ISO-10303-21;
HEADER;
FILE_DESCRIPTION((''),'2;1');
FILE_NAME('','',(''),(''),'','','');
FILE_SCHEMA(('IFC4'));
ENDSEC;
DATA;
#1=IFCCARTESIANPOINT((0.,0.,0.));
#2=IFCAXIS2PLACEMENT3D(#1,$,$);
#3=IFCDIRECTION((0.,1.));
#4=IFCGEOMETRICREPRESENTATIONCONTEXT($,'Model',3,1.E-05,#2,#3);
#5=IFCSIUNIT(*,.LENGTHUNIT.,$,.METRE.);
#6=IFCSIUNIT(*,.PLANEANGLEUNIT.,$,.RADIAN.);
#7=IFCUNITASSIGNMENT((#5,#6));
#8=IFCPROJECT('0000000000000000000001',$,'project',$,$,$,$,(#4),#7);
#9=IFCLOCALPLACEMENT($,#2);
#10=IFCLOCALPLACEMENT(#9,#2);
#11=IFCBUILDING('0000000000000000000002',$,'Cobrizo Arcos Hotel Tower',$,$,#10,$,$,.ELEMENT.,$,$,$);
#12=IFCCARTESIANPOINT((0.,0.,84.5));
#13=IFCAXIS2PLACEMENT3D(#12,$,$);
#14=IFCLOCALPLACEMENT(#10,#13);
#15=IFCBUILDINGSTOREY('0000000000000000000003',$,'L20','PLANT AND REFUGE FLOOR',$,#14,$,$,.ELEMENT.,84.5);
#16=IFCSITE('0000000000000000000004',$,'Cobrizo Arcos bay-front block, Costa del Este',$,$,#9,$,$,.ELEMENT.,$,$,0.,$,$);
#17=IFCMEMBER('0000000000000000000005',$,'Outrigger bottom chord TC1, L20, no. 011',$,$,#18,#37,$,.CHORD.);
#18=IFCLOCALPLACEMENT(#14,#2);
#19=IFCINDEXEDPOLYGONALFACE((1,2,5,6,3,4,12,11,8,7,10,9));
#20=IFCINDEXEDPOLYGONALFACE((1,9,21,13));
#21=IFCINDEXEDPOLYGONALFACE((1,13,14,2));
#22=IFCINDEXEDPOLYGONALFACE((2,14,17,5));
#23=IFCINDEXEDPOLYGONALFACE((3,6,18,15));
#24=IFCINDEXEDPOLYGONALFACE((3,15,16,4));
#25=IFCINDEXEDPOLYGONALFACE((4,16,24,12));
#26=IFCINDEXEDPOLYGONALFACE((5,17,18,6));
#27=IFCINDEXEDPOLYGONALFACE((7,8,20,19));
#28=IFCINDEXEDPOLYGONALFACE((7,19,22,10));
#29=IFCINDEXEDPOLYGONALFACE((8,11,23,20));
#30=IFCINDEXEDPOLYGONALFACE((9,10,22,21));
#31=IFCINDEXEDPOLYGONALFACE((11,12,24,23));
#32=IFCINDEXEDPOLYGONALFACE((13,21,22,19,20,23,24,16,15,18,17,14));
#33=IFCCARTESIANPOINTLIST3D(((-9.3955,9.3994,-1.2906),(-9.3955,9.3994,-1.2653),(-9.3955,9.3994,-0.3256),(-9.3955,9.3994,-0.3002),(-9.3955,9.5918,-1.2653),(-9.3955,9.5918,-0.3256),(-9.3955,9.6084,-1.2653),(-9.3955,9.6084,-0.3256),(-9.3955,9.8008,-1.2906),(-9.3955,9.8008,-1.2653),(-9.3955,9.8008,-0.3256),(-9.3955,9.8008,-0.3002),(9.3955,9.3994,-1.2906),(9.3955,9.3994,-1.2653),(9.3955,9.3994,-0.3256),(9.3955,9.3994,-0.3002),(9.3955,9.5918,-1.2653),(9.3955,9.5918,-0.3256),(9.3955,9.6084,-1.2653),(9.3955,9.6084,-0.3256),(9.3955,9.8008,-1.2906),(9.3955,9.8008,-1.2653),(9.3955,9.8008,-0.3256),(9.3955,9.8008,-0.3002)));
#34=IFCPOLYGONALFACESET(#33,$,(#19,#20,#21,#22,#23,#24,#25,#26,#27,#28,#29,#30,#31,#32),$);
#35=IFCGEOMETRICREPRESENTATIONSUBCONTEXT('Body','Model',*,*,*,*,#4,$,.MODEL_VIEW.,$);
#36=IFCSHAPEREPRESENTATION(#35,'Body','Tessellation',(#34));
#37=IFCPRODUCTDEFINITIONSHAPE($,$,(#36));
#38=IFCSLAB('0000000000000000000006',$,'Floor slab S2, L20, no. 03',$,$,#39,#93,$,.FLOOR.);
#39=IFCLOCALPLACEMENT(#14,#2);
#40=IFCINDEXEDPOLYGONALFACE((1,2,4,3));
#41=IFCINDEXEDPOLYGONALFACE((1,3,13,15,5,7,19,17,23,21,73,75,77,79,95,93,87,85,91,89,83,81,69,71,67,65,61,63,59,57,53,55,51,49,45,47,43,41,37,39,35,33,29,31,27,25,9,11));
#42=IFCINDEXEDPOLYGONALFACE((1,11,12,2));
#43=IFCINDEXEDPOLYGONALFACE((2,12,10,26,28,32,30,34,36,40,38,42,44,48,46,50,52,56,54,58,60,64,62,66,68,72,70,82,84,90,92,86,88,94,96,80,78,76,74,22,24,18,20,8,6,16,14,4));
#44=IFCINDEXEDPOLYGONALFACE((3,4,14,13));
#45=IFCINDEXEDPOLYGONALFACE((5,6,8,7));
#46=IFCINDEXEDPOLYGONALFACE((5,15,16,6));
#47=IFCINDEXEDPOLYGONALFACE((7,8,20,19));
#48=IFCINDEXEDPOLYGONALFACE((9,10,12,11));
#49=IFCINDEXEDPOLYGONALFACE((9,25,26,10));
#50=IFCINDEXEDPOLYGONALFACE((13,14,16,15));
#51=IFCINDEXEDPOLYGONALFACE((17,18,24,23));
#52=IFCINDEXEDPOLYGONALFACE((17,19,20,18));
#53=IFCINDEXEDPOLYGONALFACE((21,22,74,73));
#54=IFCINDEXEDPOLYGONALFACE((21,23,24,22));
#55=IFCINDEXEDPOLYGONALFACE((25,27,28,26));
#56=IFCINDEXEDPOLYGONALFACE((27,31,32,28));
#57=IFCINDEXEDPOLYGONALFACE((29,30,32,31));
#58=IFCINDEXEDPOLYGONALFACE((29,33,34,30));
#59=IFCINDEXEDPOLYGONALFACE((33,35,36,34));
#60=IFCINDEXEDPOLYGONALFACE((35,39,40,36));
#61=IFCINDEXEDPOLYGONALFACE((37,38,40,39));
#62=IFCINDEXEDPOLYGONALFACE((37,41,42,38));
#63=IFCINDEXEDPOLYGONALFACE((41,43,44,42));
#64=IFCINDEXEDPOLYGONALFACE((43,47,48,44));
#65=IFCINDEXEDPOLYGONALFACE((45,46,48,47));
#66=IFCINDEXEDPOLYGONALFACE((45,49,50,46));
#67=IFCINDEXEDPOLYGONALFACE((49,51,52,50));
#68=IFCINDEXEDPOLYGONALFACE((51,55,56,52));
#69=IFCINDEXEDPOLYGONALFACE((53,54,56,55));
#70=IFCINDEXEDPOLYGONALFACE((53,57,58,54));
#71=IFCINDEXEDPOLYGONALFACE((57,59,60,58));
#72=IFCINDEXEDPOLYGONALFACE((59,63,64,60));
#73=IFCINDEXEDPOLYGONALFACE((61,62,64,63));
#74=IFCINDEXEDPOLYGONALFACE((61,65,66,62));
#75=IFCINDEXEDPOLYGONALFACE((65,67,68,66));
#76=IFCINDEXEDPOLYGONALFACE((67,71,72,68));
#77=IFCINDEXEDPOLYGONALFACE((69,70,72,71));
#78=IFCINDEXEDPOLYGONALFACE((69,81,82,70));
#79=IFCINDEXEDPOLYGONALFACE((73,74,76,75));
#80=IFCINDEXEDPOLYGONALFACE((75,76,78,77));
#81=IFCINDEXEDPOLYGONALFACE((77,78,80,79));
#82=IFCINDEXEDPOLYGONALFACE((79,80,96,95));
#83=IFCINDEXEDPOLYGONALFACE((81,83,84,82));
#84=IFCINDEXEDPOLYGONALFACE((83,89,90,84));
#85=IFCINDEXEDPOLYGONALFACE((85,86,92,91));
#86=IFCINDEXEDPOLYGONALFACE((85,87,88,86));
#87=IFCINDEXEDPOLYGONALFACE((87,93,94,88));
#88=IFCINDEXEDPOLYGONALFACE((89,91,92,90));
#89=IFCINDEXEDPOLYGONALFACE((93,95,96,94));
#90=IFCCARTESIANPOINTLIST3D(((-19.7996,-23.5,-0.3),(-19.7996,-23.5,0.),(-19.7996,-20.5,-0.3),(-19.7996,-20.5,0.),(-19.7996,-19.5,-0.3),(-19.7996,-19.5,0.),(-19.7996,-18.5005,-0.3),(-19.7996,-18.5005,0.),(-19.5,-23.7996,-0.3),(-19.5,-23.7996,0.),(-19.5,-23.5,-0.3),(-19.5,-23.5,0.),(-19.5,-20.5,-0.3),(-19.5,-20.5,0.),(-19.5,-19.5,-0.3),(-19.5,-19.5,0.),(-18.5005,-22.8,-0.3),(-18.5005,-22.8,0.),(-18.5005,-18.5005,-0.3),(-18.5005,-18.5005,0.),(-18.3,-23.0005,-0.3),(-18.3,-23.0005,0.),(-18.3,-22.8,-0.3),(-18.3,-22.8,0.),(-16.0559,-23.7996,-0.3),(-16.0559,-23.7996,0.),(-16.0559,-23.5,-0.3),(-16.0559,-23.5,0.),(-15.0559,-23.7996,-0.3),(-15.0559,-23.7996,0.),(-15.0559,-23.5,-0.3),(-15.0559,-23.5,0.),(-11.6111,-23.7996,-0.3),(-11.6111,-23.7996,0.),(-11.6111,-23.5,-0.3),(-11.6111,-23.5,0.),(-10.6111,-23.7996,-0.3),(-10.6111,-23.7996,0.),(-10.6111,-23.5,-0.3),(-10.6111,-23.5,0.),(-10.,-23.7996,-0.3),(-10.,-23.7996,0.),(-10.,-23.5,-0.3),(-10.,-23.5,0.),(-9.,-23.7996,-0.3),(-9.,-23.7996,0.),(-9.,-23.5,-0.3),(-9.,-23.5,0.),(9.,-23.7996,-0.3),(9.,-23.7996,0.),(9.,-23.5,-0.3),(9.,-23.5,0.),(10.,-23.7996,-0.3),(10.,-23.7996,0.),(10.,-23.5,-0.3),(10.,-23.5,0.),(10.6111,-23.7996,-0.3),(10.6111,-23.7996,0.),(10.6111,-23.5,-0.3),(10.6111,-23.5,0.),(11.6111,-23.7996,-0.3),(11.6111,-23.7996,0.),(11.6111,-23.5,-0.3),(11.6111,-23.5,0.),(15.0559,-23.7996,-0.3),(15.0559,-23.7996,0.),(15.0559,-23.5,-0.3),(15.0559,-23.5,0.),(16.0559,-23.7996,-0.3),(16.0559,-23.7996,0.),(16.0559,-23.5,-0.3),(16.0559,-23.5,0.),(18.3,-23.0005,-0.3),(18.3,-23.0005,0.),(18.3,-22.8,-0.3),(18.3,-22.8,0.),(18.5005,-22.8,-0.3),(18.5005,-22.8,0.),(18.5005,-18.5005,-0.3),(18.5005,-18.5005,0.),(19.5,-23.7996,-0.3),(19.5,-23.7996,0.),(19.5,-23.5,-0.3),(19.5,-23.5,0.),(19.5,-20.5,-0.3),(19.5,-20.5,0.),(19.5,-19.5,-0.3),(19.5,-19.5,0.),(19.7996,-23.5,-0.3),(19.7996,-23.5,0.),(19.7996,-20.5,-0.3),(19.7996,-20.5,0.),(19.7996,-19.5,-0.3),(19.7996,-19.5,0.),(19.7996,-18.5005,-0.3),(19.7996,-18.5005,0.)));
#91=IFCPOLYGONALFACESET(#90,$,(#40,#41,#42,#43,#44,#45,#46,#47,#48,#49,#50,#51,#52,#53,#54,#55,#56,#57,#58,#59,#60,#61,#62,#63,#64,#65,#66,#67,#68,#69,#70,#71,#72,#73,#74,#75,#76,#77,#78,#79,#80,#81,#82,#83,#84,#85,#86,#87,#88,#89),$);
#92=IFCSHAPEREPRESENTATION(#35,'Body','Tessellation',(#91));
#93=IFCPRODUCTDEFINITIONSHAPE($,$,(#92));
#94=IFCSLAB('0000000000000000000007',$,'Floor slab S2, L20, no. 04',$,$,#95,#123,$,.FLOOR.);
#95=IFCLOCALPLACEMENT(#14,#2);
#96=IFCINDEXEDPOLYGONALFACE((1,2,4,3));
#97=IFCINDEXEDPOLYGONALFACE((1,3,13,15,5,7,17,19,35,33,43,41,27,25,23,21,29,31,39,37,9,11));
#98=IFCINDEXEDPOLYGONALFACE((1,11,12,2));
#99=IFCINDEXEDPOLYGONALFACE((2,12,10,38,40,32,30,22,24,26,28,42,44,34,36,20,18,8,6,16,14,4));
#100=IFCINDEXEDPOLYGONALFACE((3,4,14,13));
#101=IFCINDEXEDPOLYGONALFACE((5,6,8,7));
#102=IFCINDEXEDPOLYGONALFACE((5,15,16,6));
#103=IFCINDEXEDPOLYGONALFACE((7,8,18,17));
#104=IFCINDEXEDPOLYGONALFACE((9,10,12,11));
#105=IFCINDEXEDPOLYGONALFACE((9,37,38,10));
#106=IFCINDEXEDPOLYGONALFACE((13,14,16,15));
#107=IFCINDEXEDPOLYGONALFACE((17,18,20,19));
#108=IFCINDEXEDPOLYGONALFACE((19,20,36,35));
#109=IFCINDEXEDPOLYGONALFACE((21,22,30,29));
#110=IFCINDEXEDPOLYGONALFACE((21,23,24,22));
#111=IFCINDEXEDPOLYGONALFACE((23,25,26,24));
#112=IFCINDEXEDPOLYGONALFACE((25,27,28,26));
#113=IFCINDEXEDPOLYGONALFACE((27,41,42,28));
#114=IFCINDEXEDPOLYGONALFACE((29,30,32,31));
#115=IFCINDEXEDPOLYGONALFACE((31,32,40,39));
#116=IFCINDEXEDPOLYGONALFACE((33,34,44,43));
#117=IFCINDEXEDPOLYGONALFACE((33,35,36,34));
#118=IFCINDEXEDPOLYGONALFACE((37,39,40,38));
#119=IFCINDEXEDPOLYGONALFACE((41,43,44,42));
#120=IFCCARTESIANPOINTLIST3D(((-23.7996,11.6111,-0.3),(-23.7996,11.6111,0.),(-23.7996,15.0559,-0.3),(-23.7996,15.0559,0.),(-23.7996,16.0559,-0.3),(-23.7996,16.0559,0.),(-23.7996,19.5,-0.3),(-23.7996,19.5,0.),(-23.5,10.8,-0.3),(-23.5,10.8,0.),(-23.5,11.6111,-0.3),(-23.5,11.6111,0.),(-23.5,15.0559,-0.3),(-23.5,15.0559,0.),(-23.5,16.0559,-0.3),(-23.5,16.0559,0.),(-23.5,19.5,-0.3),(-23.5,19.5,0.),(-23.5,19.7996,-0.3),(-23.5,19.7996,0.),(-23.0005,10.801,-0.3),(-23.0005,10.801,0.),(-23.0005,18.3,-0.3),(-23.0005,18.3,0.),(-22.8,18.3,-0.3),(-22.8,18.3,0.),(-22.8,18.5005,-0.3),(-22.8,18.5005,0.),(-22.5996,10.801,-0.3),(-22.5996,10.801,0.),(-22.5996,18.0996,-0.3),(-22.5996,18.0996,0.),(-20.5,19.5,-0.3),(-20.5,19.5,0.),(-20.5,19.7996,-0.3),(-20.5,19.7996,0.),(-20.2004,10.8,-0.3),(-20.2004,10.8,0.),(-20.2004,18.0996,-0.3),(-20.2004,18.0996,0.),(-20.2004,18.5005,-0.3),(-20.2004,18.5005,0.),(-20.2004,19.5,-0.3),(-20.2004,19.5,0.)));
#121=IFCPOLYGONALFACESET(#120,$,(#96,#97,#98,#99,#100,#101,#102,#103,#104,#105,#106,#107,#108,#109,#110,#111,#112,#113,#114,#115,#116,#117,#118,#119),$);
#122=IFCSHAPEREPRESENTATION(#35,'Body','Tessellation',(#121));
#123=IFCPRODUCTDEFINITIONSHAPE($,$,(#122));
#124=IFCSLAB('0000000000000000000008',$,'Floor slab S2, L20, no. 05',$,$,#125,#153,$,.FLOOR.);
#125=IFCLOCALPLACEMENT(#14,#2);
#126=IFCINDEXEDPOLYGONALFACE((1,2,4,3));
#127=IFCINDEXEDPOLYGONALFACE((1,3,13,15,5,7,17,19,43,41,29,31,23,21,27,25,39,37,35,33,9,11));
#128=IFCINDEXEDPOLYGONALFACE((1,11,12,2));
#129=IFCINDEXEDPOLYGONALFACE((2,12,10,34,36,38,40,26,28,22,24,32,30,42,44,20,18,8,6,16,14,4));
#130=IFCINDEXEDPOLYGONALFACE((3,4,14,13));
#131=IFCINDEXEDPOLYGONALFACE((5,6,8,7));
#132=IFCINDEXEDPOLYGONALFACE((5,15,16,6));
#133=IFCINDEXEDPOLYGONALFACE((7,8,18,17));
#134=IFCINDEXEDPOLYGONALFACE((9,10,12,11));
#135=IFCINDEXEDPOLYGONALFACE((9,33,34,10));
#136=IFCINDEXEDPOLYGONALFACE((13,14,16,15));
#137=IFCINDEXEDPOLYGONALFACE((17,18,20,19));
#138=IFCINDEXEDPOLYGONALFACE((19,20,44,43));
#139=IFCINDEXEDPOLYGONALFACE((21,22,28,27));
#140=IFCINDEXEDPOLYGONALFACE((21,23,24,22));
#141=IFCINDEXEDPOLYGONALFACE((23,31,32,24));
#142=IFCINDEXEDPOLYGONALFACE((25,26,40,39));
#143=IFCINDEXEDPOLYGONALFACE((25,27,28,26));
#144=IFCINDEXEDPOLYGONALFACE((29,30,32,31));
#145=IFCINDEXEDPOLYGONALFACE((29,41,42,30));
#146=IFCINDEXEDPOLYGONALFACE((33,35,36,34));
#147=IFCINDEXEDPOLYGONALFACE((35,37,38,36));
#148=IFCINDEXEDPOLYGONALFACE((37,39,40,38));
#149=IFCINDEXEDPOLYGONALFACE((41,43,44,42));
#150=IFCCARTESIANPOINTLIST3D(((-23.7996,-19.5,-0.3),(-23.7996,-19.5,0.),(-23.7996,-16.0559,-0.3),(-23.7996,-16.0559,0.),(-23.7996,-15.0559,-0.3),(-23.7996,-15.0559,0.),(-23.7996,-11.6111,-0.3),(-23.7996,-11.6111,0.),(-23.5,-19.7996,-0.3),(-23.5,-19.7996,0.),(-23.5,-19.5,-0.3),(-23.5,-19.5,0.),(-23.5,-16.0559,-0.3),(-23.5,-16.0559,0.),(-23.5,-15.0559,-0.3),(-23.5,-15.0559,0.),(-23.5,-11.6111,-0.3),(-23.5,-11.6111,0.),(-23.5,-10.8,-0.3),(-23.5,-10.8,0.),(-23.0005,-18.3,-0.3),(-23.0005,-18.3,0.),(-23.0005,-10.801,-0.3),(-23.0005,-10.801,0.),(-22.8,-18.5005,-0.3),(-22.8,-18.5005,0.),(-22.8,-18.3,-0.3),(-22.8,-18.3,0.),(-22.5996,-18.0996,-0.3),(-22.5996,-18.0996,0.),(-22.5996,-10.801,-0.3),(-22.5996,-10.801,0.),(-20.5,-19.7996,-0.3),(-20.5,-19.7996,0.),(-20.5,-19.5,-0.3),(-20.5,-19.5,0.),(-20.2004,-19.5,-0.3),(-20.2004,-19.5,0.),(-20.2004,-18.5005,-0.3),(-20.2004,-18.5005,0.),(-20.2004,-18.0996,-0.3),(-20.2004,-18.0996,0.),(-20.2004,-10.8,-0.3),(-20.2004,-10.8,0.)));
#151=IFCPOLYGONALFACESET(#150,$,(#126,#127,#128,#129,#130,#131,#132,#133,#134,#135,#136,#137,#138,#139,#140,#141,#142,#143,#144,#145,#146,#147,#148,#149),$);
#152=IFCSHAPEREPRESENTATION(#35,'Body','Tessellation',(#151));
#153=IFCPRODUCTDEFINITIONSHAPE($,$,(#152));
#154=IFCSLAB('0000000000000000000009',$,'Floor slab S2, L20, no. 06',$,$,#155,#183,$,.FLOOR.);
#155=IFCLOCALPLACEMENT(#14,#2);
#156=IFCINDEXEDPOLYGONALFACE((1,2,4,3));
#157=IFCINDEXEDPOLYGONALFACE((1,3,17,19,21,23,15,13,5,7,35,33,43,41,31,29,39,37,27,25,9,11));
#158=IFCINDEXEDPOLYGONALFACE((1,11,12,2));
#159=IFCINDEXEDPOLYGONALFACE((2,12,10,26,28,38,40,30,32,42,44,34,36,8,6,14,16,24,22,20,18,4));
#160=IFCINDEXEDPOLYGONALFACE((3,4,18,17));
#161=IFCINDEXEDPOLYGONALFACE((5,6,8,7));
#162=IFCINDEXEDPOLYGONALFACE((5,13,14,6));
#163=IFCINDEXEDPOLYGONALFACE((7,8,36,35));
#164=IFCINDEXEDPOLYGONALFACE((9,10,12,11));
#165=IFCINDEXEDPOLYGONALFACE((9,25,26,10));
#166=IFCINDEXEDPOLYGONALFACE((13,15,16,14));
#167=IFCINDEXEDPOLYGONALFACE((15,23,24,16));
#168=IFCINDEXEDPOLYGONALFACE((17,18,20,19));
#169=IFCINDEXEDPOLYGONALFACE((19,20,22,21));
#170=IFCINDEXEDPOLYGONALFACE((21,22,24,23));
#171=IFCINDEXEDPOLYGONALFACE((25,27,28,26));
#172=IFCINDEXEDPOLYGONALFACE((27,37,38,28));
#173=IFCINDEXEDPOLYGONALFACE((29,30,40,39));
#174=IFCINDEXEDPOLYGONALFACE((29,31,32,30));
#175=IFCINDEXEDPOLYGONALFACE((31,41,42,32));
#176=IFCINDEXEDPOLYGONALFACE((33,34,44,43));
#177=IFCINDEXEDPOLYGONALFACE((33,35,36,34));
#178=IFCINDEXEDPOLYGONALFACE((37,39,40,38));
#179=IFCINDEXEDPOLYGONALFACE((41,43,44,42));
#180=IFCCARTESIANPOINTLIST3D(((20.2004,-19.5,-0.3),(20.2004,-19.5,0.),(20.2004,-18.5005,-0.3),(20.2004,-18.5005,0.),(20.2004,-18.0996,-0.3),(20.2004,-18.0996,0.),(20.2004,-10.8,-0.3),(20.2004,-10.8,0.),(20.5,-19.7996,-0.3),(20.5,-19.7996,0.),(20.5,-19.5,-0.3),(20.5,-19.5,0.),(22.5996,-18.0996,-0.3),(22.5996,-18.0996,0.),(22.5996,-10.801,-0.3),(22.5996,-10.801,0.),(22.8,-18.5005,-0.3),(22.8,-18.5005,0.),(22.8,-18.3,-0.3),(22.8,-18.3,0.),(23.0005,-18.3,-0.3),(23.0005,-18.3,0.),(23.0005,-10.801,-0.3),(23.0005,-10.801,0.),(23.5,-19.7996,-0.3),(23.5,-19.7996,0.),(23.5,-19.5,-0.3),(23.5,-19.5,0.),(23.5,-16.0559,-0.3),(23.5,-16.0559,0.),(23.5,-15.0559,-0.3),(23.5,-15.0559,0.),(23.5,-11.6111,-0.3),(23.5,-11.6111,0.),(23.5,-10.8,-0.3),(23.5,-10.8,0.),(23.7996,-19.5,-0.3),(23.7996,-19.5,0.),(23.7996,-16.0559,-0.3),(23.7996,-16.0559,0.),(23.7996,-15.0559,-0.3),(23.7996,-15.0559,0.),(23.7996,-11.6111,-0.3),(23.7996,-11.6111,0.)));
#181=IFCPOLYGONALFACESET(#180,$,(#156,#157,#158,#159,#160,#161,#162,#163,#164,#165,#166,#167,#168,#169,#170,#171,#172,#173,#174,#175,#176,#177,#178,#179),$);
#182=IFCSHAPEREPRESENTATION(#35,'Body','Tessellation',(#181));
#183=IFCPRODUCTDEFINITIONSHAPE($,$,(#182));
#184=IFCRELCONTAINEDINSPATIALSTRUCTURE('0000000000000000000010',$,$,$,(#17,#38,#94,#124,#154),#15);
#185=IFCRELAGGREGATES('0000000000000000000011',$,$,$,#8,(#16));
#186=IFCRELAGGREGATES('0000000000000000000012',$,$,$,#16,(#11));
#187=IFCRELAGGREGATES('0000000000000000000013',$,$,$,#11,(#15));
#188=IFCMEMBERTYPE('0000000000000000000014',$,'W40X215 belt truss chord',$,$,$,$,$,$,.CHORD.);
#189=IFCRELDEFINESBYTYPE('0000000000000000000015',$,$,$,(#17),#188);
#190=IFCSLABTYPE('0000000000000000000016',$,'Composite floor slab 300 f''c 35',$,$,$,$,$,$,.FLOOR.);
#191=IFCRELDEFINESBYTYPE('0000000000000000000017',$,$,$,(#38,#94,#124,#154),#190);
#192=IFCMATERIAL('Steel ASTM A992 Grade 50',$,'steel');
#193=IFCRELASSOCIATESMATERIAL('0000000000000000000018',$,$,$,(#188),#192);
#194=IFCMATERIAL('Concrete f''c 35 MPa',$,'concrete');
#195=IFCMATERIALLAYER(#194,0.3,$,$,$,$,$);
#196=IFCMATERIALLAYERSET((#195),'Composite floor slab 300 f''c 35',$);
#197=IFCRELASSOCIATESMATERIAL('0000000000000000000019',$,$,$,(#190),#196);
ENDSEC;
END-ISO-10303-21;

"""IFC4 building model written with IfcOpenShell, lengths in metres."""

from ifc_helpers import new_model, si_unit, direction, frame, origin, origin_2d, place, context, subcontext, project, spatial, polyline, i_section, outline, extrude, material, layer, layer_set, material_profile, profile_set, type_object, element, save


model = new_model("IFC4")

# Units and contexts
model_context = context("Model", 3, precision=1e-05, world=origin(), true_north=direction((0.0, 1.0)))
body_context = subcontext(model_context, "Body", "Model", "MODEL_VIEW")
ifc_project = project(units=[si_unit("LENGTHUNIT", "METRE"), si_unit("PLANEANGLEUNIT", "RADIAN")], contexts=[model_context])

# Site, building, storey
site_placement = place(None, origin())
site = spatial("IfcSite", under=ifc_project, at=site_placement, Name="Cobrizo Arcos bay-front block, Costa del Este", CompositionType="ELEMENT", RefElevation=0.0)
building_placement = place(site_placement, origin())
building = spatial("IfcBuilding", under=site, at=building_placement, Name="Cobrizo Arcos Hotel Tower", CompositionType="ELEMENT")
storey_placement = place(building_placement, frame((0.0, 0.0, 84.5)))
storey = spatial("IfcBuildingStorey", under=building, at=storey_placement, Name="L20", Description="PLANT AND REFUGE FLOOR", CompositionType="ELEMENT", Elevation=84.5)

# Shared definitions
ifc_material_1 = material(Name="Steel ASTM A992 Grade 50", Category="steel")

# Member
ifc_material_profile_1 = material_profile(ifc_material_1, i_section(OverallWidth=0.4014, OverallDepth=0.9905, WebThickness=0.0166, FlangeThickness=0.0254, at=origin_2d()), Name="W40X215")
ifc_profile_set_1 = profile_set([ifc_material_profile_1], Name="Steel ASTM A992 Grade 50")
member_type_1 = type_object("IfcMemberType", Name="W40X215 belt truss chord", PredefinedType="CHORD", material=ifc_profile_set_1)
member_1_placement = place(storey_placement, frame((-9.3955, 9.6001, -0.7954), z_axis=(1.0, 0.0, 0.0), x_axis=(0.0, 1.0, 0.0)))
element("IfcMember", 1, at=member_1_placement, inside=storey, type_object=member_type_1, Name="Outrigger bottom chord TC1, L20, no. 011", PredefinedType="CHORD", context=body_context, shape_type="SweptSolid", body=[
    extrude(i_section(OverallWidth=0.4014, OverallDepth=0.9905, WebThickness=0.0166, FlangeThickness=0.0254, at=origin_2d()), origin(), (0.0, 0.0, 1.0), 18.791),
])

# Slabs
ifc_material_2 = material(Name="Concrete f'c 35 MPa", Category="concrete")
ifc_layer_1 = layer(ifc_material_2, 0.3)
ifc_layer_set_1 = layer_set([ifc_layer_1], Name="Composite floor slab 300 f'c 35")
slab_type = type_object("IfcSlabType", Name="Composite floor slab 300 f'c 35", PredefinedType="FLOOR", material=ifc_layer_set_1)
slab_1_placement = place(storey_placement, frame((0.0, 0.0, -0.3)))
element("IfcSlab", 2, at=slab_1_placement, inside=storey, type_object=slab_type, Name="Floor slab S2, L20, no. 03", PredefinedType="FLOOR", context=body_context, shape_type="SweptSolid", body=[
    extrude(outline(polyline([(18.3, -22.8), (18.5005, -22.8), (18.5005, -18.5005), (19.7996, -18.5005), (19.7996, -19.5), (19.5, -19.5), (19.5, -20.5), (19.7996, -20.5), (19.7996, -23.5), (19.5, -23.5), (19.5, -23.7996), (16.0559, -23.7996), (16.0559, -23.5), (15.0559, -23.5), (15.0559, -23.7996), (11.6111, -23.7996), (11.6111, -23.5), (10.6111, -23.5), (10.6111, -23.7996), (10.0, -23.7996), (10.0, -23.5), (9.0, -23.5), (9.0, -23.7996), (-9.0, -23.7996), (-9.0, -23.5), (-10.0, -23.5), (-10.0, -23.7996), (-10.6111, -23.7996), (-10.6111, -23.5), (-11.6111, -23.5), (-11.6111, -23.7996), (-15.0559, -23.7996), (-15.0559, -23.5), (-16.0559, -23.5), (-16.0559, -23.7996), (-19.5, -23.7996), (-19.5, -23.5), (-19.7996, -23.5), (-19.7996, -20.5), (-19.5, -20.5), (-19.5, -19.5), (-19.7996, -19.5), (-19.7996, -18.5005), (-18.5005, -18.5005), (-18.5005, -22.8), (-18.3, -22.8), (-18.3, -23.0005), (18.3, -23.0005), (18.3, -22.8)])), origin(), (0.0, 0.0, 1.0), 0.3),
])
slab_2_placement = place(storey_placement, frame((0.0, 0.0, -0.3)))
element("IfcSlab", 3, at=slab_2_placement, inside=storey, type_object=slab_type, Name="Floor slab S2, L20, no. 04", PredefinedType="FLOOR", context=body_context, shape_type="SweptSolid", body=[
    extrude(outline(polyline([(-23.7996, 16.0559), (-23.7996, 19.5), (-23.5, 19.5), (-23.5, 19.7996), (-20.5, 19.7996), (-20.5, 19.5), (-20.2004, 19.5), (-20.2004, 18.5005), (-22.8, 18.5005), (-22.8, 18.3), (-23.0005, 18.3), (-23.0005, 10.801), (-22.5996, 10.801), (-22.5996, 18.0996), (-20.2004, 18.0996), (-20.2004, 10.8), (-23.5, 10.8), (-23.5, 11.6111), (-23.7996, 11.6111), (-23.7996, 15.0559), (-23.5, 15.0559), (-23.5, 16.0559), (-23.7996, 16.0559)])), origin(), (0.0, 0.0, 1.0), 0.3),
])
slab_3_placement = place(storey_placement, frame((0.0, 0.0, -0.3)))
element("IfcSlab", 4, at=slab_3_placement, inside=storey, type_object=slab_type, Name="Floor slab S2, L20, no. 05", PredefinedType="FLOOR", context=body_context, shape_type="SweptSolid", body=[
    extrude(outline(polyline([(-23.5, -19.7996), (-23.5, -19.5), (-23.7996, -19.5), (-23.7996, -16.0559), (-23.5, -16.0559), (-23.5, -15.0559), (-23.7996, -15.0559), (-23.7996, -11.6111), (-23.5, -11.6111), (-23.5, -10.8), (-20.2004, -10.8), (-20.2004, -18.0996), (-22.5996, -18.0996), (-22.5996, -10.801), (-23.0005, -10.801), (-23.0005, -18.3), (-22.8, -18.3), (-22.8, -18.5005), (-20.2004, -18.5005), (-20.2004, -19.5), (-20.5, -19.5), (-20.5, -19.7996), (-23.5, -19.7996)])), origin(), (0.0, 0.0, 1.0), 0.3),
])
slab_4_placement = place(storey_placement, frame((0.0, 0.0, -0.3)))
element("IfcSlab", 5, at=slab_4_placement, inside=storey, type_object=slab_type, Name="Floor slab S2, L20, no. 06", PredefinedType="FLOOR", context=body_context, shape_type="SweptSolid", body=[
    extrude(outline(polyline([(20.5, -19.5), (20.2004, -19.5), (20.2004, -18.5005), (22.8, -18.5005), (22.8, -18.3), (23.0005, -18.3), (23.0005, -10.801), (22.5996, -10.801), (22.5996, -18.0996), (20.2004, -18.0996), (20.2004, -10.8), (23.5, -10.8), (23.5, -11.6111), (23.7996, -11.6111), (23.7996, -15.0559), (23.5, -15.0559), (23.5, -16.0559), (23.7996, -16.0559), (23.7996, -19.5), (23.5, -19.5), (23.5, -19.7996), (20.5, -19.7996), (20.5, -19.5)])), origin(), (0.0, 0.0, 1.0), 0.3),
])

save(model, "model.ifc")
